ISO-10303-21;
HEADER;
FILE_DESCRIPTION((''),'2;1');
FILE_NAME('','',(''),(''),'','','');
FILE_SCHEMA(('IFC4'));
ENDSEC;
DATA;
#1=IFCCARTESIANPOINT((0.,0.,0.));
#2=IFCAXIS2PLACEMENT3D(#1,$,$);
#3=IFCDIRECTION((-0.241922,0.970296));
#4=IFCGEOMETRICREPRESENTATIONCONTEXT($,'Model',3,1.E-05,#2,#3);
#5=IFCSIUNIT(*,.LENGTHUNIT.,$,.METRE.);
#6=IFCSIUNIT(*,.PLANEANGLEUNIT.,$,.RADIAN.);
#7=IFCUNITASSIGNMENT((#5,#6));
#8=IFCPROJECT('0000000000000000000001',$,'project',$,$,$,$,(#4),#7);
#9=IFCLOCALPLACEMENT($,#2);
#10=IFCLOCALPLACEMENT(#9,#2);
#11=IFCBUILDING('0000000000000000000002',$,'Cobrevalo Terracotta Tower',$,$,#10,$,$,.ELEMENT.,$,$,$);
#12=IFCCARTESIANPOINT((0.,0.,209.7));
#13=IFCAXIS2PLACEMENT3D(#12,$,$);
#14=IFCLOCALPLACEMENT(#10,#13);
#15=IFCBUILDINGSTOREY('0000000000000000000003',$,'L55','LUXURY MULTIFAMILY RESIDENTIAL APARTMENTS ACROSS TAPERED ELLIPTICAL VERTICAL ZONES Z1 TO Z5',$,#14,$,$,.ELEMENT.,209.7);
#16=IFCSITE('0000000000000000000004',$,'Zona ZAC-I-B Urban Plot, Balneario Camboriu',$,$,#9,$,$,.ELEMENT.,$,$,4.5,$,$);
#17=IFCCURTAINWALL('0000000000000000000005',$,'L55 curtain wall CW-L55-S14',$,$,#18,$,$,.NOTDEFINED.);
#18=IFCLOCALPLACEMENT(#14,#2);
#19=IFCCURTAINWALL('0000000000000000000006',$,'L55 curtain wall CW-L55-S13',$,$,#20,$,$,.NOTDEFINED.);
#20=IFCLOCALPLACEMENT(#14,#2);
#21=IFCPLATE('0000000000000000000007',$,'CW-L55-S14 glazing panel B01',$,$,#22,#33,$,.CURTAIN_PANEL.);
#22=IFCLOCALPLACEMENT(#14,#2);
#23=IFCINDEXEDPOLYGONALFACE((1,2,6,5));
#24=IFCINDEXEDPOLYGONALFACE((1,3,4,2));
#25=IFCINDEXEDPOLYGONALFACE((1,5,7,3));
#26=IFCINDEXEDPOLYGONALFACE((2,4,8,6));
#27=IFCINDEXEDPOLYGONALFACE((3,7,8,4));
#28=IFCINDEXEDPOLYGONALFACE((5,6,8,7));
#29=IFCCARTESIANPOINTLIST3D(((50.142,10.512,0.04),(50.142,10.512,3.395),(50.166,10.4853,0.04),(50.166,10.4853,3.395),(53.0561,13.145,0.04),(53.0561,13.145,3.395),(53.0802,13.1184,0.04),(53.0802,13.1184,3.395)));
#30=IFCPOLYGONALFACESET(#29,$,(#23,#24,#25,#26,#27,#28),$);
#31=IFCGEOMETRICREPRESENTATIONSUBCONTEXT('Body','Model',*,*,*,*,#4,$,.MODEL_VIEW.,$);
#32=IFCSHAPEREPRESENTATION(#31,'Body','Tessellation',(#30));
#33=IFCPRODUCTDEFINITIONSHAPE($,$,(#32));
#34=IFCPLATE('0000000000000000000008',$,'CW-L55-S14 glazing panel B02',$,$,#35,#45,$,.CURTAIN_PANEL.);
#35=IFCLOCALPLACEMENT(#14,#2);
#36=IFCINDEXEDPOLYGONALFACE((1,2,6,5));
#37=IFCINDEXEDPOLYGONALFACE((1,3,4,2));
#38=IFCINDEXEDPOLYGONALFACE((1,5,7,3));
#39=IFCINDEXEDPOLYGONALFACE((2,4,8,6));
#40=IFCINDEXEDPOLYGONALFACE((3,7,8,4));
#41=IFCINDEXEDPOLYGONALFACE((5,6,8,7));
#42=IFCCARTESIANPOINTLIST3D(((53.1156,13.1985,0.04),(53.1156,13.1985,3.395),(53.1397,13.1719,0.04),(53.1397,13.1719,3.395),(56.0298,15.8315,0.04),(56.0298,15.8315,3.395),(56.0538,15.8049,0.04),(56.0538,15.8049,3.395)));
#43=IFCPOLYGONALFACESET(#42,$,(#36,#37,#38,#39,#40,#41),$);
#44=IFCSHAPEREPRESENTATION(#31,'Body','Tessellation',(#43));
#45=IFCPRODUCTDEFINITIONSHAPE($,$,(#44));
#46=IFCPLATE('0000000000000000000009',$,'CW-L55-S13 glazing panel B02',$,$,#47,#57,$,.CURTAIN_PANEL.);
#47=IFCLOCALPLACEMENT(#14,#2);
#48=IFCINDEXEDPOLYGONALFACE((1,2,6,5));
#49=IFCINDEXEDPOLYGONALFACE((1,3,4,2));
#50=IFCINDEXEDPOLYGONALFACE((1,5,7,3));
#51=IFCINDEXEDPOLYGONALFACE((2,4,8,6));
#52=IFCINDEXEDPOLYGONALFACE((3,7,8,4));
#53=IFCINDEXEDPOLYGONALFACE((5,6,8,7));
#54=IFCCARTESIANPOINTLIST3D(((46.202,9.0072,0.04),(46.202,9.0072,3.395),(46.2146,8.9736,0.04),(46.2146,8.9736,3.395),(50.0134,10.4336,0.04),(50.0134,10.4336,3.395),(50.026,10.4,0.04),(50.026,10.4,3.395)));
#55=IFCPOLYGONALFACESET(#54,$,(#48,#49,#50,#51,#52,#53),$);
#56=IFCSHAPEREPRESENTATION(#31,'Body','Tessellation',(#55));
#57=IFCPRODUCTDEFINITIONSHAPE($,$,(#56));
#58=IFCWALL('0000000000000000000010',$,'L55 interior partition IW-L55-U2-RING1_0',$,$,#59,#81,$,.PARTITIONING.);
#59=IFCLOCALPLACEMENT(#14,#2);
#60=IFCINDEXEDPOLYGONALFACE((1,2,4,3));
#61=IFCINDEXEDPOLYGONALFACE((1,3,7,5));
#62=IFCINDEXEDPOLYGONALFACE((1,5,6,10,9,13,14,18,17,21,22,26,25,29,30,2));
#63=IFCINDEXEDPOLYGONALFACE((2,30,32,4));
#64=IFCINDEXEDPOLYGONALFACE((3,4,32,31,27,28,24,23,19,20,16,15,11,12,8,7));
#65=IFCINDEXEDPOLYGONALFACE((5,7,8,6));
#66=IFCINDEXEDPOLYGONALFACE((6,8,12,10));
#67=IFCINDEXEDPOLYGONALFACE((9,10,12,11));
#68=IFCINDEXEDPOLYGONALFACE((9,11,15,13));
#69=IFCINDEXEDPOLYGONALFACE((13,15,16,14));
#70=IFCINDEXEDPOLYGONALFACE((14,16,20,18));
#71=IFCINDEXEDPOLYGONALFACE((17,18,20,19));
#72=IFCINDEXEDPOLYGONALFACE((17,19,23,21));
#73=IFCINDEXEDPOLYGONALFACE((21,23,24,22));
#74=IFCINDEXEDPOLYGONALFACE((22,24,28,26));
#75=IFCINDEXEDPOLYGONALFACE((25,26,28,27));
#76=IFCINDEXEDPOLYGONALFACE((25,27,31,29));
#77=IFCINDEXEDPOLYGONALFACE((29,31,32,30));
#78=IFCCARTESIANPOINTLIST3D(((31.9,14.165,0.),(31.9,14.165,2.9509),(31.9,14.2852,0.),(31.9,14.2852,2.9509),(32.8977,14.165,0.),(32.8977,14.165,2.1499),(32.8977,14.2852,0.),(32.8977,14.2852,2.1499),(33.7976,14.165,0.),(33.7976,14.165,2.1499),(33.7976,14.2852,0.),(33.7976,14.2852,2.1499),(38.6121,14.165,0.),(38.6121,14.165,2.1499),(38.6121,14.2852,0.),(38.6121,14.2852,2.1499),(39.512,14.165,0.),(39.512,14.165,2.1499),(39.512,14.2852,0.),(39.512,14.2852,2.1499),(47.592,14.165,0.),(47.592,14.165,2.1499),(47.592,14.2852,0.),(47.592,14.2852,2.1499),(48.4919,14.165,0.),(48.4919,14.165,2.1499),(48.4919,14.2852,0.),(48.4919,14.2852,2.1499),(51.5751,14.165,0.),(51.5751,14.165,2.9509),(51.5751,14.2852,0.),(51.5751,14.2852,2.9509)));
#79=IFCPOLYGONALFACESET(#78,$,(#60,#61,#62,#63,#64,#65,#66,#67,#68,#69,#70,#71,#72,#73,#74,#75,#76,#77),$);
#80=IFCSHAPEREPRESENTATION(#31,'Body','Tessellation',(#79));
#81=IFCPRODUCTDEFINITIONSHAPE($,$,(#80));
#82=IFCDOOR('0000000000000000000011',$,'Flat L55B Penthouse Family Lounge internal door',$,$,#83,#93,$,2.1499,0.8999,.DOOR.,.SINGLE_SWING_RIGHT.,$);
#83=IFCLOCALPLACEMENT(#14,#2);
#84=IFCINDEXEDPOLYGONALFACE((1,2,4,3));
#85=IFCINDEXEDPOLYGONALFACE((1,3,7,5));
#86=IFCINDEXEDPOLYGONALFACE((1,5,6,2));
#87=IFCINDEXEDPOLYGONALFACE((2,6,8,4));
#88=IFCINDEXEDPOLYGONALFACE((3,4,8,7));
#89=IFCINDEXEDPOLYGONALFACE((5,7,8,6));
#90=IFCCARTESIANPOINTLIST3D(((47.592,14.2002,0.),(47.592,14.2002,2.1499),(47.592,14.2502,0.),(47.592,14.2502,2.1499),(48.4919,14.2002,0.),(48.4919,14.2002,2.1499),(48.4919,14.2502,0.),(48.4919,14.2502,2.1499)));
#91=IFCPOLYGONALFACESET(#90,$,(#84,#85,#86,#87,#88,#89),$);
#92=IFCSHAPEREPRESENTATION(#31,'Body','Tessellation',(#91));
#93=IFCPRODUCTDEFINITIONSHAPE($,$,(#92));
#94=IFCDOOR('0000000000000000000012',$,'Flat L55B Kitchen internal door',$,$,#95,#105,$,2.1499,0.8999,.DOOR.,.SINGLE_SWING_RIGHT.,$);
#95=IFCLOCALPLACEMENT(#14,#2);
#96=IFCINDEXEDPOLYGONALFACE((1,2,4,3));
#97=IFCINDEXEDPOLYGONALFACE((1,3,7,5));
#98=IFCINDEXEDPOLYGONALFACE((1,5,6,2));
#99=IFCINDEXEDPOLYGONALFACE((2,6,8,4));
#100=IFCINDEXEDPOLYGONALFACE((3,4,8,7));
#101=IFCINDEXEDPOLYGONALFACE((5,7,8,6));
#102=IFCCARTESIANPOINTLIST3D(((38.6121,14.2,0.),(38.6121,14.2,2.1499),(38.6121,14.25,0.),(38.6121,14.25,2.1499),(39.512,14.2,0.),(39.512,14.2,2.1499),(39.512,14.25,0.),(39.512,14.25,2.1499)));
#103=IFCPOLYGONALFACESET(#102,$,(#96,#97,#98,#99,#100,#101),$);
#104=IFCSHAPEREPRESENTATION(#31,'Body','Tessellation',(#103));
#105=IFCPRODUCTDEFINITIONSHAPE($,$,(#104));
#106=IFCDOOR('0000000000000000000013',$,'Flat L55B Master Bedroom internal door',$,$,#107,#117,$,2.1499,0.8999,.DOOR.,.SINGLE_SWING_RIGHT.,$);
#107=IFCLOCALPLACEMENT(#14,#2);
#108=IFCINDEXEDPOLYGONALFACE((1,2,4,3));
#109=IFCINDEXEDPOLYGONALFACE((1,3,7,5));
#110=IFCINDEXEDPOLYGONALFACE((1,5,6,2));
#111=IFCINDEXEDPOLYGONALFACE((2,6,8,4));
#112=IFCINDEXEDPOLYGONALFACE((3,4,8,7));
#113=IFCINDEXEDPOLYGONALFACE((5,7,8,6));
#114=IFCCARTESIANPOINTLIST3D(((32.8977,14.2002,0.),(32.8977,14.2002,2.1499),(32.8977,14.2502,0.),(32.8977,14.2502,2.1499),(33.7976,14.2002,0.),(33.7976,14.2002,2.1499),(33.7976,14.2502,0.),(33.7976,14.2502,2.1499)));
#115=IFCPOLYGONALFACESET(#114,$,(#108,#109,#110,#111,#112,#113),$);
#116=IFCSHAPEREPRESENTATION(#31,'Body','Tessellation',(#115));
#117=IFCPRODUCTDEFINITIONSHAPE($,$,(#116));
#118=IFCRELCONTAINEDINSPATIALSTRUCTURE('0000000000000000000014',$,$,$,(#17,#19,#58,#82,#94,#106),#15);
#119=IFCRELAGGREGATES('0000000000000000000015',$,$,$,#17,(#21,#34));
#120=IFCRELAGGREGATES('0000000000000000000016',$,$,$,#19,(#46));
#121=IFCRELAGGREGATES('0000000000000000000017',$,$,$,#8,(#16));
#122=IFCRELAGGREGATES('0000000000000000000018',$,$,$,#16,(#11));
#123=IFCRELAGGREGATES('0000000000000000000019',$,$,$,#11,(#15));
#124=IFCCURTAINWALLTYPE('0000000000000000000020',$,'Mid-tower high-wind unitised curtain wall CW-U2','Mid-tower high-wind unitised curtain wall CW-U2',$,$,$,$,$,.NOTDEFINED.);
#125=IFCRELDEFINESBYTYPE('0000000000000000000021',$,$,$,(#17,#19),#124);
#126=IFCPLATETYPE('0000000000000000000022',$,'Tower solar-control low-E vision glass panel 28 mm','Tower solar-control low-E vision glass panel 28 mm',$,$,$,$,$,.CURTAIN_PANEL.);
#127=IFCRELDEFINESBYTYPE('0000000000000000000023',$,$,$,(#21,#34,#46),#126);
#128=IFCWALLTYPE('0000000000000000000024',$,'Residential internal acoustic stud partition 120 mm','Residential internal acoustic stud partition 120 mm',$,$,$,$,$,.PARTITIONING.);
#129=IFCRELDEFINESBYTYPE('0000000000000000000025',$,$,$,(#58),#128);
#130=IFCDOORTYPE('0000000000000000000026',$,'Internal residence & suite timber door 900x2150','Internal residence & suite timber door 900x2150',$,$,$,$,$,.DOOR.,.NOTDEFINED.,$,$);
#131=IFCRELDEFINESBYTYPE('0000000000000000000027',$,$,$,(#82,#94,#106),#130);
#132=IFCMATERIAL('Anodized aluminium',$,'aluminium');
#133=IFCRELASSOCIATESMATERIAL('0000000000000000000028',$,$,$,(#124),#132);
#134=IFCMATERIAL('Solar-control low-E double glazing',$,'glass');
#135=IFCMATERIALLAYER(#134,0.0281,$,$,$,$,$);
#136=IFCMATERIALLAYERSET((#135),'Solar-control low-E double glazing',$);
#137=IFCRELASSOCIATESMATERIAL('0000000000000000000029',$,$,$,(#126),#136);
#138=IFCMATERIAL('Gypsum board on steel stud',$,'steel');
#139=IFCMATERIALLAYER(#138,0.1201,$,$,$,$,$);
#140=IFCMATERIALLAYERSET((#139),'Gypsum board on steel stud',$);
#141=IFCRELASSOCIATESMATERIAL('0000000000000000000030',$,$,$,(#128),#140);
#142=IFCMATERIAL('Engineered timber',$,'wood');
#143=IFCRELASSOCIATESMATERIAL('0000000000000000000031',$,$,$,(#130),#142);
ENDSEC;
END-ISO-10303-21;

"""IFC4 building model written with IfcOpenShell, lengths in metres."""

from ifc_helpers import new_model, si_unit, direction, frame, frame_2d, origin, origin_2d, place, context, subcontext, project, spatial, rectangle, extrude, source, transform, mapped, material, layer, layer_set, type_object, element, fill, aggregate, save


model = new_model("IFC4")

# Units and contexts
model_context = context("Model", 3, precision=1e-05, world=origin(), true_north=direction((-0.241922, 0.970296)))
body_context = subcontext(model_context, "Body", "Model", "MODEL_VIEW")
ifc_project = project(units=[si_unit("LENGTHUNIT", "METRE"), si_unit("PLANEANGLEUNIT", "RADIAN")], contexts=[model_context])

# Site, building, storey
site_placement = place(None, origin())
site = spatial("IfcSite", under=ifc_project, at=site_placement, Name="Zona ZAC-I-B Urban Plot, Balneario Camboriu", CompositionType="ELEMENT", RefElevation=4.5)
building_placement = place(site_placement, origin())
building = spatial("IfcBuilding", under=site, at=building_placement, Name="Cobrevalo Terracotta Tower", CompositionType="ELEMENT")
storey_placement = place(building_placement, frame((0.0, 0.0, 209.7)))
storey = spatial("IfcBuildingStorey", under=building, at=storey_placement, Name="L55", Description="LUXURY MULTIFAMILY RESIDENTIAL APARTMENTS ACROSS TAPERED ELLIPTICAL VERTICAL ZONES Z1 TO Z5", CompositionType="ELEMENT", Elevation=209.7)

# Curtain wall
ifc_material_1 = material(Name="Anodized aluminium", Category="aluminium")
curtain_wall_type = type_object("IfcCurtainWallType", Name="Mid-tower high-wind unitised curtain wall CW-U2", Description="Mid-tower high-wind unitised curtain wall CW-U2", PredefinedType="NOTDEFINED", material=ifc_material_1)
curtain_wall_1_placement = place(storey_placement, origin())
curtain_wall_1 = element("IfcCurtainWall", 1, at=curtain_wall_1_placement, inside=storey, type_object=curtain_wall_type, Name="L55 curtain wall CW-L55-S14", PredefinedType="NOTDEFINED")

# Curtain wall
curtain_wall_2_placement = place(storey_placement, origin())
curtain_wall_2 = element("IfcCurtainWall", 2, at=curtain_wall_2_placement, inside=storey, type_object=curtain_wall_type, Name="L55 curtain wall CW-L55-S13", PredefinedType="NOTDEFINED")

# Plates
ifc_material_2 = material(Name="Solar-control low-E double glazing", Category="glass")
ifc_layer_1 = layer(ifc_material_2, 0.0281)
ifc_layer_set_1 = layer_set([ifc_layer_1], Name="Solar-control low-E double glazing")
plate_type = type_object("IfcPlateType", Name="Tower solar-control low-E vision glass panel 28 mm", Description="Tower solar-control low-E vision glass panel 28 mm", PredefinedType="CURTAIN_PANEL", material=ifc_layer_set_1)
shared_shape_1 = source(origin(), body_context, "Body", "SweptSolid", [
    extrude(rectangle(XDim=3.9275, YDim=0.0359, at=origin_2d()), origin(), (0.0, 0.0, 1.0), 3.355),
])
plate_1_placement = place(storey_placement, frame((51.6111, 11.8152, 0.04), z_axis=(0.0, 0.0, 1.0), x_axis=(0.741988, 0.670414, 0.0)))
plate_1 = element("IfcPlate", 3, at=plate_1_placement, type_object=plate_type, Name="CW-L55-S14 glazing panel B01", PredefinedType="CURTAIN_PANEL", context=body_context, shape_type="MappedRepresentation", body=[
    mapped(shared_shape_1, transform((0.0, 0.0, 0.0), scale=1.0)),
])
plate_2_placement = place(storey_placement, frame((54.5847, 14.5017, 0.04), z_axis=(0.0, 0.0, 1.0), x_axis=(0.741988, 0.670414, 0.0)))
plate_2 = element("IfcPlate", 4, at=plate_2_placement, type_object=plate_type, Name="CW-L55-S14 glazing panel B02", PredefinedType="CURTAIN_PANEL", context=body_context, shape_type="MappedRepresentation", body=[
    mapped(shared_shape_1, transform((0.0, 0.0, 0.0), scale=1.0)),
])
aggregate(curtain_wall_1, [plate_1, plate_2])
shared_shape_2 = source(origin(), body_context, "Body", "SweptSolid", [
    extrude(rectangle(XDim=4.0696, YDim=0.0359, at=origin_2d()), origin(), (0.0, 0.0, 1.0), 3.355),
])
plate_3_placement = place(storey_placement, frame((48.114, 9.7036, 0.04), z_axis=(0.0, 0.0, 1.0), x_axis=(0.936558, 0.350513, 0.0)))
plate_3 = element("IfcPlate", 5, at=plate_3_placement, type_object=plate_type, Name="CW-L55-S13 glazing panel B02", PredefinedType="CURTAIN_PANEL", context=body_context, shape_type="MappedRepresentation", body=[
    mapped(shared_shape_2, transform((0.0, 0.0, 0.0), scale=1.0)),
])
aggregate(curtain_wall_2, [plate_3])

# Wall, openings, doors
ifc_material_3 = material(Name="Gypsum board on steel stud", Category="steel")
ifc_layer_2 = layer(ifc_material_3, 0.1201)
ifc_layer_set_2 = layer_set([ifc_layer_2], Name="Gypsum board on steel stud")
wall_type = type_object("IfcWallType", Name="Residential internal acoustic stud partition 120 mm", Description="Residential internal acoustic stud partition 120 mm", PredefinedType="PARTITIONING", material=ifc_layer_set_2)
wall_placement = place(storey_placement, frame((51.575, 14.2251, 0.0), z_axis=(0.0, 0.0, 1.0), x_axis=(-1.0, 0.0, 0.0)))
wall = element("IfcWall", 6, at=wall_placement, inside=storey, type_object=wall_type, Name="L55 interior partition IW-L55-U2-RING1_0", PredefinedType="PARTITIONING", context=body_context, shape_type="SweptSolid", body=[
    extrude(rectangle(XDim=19.675, YDim=0.1201, at=frame_2d((9.8374, 0.0))), origin(), (0.0, 0.0, 1.0), 2.9509),
])
opening_1_placement = place(wall_placement, frame((3.083, 0.0, 0.0)))
opening_1 = element("IfcOpeningElement", 7, at=opening_1_placement, cuts=wall, PredefinedType="OPENING", context=body_context, shape_type="SweptSolid", body=[
    extrude(rectangle(XDim=0.8999, YDim=2.1499, at=frame_2d((0.45, 1.075))), frame((0.0, 0.0701, 0.0), z_axis=(0.0, -1.0, 0.0), x_axis=(1.0, 0.0, 0.0)), (0.0, 0.0, 1.0), 0.1401),
])
opening_2_placement = place(wall_placement, frame((12.063, 0.0, 0.0)))
opening_2 = element("IfcOpeningElement", 8, at=opening_2_placement, cuts=wall, PredefinedType="OPENING", context=body_context, shape_type="SweptSolid", body=[
    extrude(rectangle(XDim=0.8999, YDim=2.1499, at=frame_2d((0.45, 1.075))), frame((0.0, 0.0701, 0.0), z_axis=(0.0, -1.0, 0.0), x_axis=(1.0, 0.0, 0.0)), (0.0, 0.0, 1.0), 0.1401),
])
opening_3_placement = place(wall_placement, frame((17.7773, 0.0, 0.0)))
opening_3 = element("IfcOpeningElement", 9, at=opening_3_placement, cuts=wall, PredefinedType="OPENING", context=body_context, shape_type="SweptSolid", body=[
    extrude(rectangle(XDim=0.8999, YDim=2.1499, at=frame_2d((0.45, 1.075))), frame((0.0, 0.0701, 0.0), z_axis=(0.0, -1.0, 0.0), x_axis=(1.0, 0.0, 0.0)), (0.0, 0.0, 1.0), 0.1401),
])
ifc_material_4 = material(Name="Engineered timber", Category="wood")
door_type = type_object("IfcDoorType", Name="Internal residence & suite timber door 900x2150", Description="Internal residence & suite timber door 900x2150", OperationType="NOTDEFINED", PredefinedType="DOOR", material=ifc_material_4)
shared_shape_3 = source(origin(), body_context, "Body", "SweptSolid", [
    extrude(rectangle(XDim=0.8999, YDim=2.1499, at=frame_2d((0.45, 1.075))), frame((0.0, 0.0249, 0.0), z_axis=(0.0, -1.0, 0.0), x_axis=(1.0, 0.0, 0.0)), (0.0, 0.0, 1.0), 0.05),
])
door_1_placement = place(opening_1_placement, origin())
door_1 = element("IfcDoor", 10, at=door_1_placement, inside=storey, type_object=door_type, Name="Flat L55B Penthouse Family Lounge internal door", OperationType="SINGLE_SWING_RIGHT", OverallHeight=2.1499, OverallWidth=0.8999, PredefinedType="DOOR", context=body_context, shape_type="MappedRepresentation", body=[
    mapped(shared_shape_3, transform((0.0, 0.0, 0.0), scale=1.0)),
])
fill(opening_1, door_1)
door_2_placement = place(opening_2_placement, frame((0.8999, 0.0, 0.0), z_axis=(0.0, 0.0, 1.0), x_axis=(-1.0, 0.0, 0.0)))
door_2 = element("IfcDoor", 11, at=door_2_placement, inside=storey, type_object=door_type, Name="Flat L55B Kitchen internal door", OperationType="SINGLE_SWING_RIGHT", OverallHeight=2.1499, OverallWidth=0.8999, PredefinedType="DOOR", context=body_context, shape_type="MappedRepresentation", body=[
    mapped(shared_shape_3, transform((0.0, 0.0, 0.0), scale=1.0)),
])
fill(opening_2, door_2)
door_3_placement = place(opening_3_placement, origin())
door_3 = element("IfcDoor", 12, at=door_3_placement, inside=storey, type_object=door_type, Name="Flat L55B Master Bedroom internal door", OperationType="SINGLE_SWING_RIGHT", OverallHeight=2.1499, OverallWidth=0.8999, PredefinedType="DOOR", context=body_context, shape_type="MappedRepresentation", body=[
    mapped(shared_shape_3, transform((0.0, 0.0, 0.0), scale=1.0)),
])
fill(opening_3, door_3)

save(model, "model.ifc")
